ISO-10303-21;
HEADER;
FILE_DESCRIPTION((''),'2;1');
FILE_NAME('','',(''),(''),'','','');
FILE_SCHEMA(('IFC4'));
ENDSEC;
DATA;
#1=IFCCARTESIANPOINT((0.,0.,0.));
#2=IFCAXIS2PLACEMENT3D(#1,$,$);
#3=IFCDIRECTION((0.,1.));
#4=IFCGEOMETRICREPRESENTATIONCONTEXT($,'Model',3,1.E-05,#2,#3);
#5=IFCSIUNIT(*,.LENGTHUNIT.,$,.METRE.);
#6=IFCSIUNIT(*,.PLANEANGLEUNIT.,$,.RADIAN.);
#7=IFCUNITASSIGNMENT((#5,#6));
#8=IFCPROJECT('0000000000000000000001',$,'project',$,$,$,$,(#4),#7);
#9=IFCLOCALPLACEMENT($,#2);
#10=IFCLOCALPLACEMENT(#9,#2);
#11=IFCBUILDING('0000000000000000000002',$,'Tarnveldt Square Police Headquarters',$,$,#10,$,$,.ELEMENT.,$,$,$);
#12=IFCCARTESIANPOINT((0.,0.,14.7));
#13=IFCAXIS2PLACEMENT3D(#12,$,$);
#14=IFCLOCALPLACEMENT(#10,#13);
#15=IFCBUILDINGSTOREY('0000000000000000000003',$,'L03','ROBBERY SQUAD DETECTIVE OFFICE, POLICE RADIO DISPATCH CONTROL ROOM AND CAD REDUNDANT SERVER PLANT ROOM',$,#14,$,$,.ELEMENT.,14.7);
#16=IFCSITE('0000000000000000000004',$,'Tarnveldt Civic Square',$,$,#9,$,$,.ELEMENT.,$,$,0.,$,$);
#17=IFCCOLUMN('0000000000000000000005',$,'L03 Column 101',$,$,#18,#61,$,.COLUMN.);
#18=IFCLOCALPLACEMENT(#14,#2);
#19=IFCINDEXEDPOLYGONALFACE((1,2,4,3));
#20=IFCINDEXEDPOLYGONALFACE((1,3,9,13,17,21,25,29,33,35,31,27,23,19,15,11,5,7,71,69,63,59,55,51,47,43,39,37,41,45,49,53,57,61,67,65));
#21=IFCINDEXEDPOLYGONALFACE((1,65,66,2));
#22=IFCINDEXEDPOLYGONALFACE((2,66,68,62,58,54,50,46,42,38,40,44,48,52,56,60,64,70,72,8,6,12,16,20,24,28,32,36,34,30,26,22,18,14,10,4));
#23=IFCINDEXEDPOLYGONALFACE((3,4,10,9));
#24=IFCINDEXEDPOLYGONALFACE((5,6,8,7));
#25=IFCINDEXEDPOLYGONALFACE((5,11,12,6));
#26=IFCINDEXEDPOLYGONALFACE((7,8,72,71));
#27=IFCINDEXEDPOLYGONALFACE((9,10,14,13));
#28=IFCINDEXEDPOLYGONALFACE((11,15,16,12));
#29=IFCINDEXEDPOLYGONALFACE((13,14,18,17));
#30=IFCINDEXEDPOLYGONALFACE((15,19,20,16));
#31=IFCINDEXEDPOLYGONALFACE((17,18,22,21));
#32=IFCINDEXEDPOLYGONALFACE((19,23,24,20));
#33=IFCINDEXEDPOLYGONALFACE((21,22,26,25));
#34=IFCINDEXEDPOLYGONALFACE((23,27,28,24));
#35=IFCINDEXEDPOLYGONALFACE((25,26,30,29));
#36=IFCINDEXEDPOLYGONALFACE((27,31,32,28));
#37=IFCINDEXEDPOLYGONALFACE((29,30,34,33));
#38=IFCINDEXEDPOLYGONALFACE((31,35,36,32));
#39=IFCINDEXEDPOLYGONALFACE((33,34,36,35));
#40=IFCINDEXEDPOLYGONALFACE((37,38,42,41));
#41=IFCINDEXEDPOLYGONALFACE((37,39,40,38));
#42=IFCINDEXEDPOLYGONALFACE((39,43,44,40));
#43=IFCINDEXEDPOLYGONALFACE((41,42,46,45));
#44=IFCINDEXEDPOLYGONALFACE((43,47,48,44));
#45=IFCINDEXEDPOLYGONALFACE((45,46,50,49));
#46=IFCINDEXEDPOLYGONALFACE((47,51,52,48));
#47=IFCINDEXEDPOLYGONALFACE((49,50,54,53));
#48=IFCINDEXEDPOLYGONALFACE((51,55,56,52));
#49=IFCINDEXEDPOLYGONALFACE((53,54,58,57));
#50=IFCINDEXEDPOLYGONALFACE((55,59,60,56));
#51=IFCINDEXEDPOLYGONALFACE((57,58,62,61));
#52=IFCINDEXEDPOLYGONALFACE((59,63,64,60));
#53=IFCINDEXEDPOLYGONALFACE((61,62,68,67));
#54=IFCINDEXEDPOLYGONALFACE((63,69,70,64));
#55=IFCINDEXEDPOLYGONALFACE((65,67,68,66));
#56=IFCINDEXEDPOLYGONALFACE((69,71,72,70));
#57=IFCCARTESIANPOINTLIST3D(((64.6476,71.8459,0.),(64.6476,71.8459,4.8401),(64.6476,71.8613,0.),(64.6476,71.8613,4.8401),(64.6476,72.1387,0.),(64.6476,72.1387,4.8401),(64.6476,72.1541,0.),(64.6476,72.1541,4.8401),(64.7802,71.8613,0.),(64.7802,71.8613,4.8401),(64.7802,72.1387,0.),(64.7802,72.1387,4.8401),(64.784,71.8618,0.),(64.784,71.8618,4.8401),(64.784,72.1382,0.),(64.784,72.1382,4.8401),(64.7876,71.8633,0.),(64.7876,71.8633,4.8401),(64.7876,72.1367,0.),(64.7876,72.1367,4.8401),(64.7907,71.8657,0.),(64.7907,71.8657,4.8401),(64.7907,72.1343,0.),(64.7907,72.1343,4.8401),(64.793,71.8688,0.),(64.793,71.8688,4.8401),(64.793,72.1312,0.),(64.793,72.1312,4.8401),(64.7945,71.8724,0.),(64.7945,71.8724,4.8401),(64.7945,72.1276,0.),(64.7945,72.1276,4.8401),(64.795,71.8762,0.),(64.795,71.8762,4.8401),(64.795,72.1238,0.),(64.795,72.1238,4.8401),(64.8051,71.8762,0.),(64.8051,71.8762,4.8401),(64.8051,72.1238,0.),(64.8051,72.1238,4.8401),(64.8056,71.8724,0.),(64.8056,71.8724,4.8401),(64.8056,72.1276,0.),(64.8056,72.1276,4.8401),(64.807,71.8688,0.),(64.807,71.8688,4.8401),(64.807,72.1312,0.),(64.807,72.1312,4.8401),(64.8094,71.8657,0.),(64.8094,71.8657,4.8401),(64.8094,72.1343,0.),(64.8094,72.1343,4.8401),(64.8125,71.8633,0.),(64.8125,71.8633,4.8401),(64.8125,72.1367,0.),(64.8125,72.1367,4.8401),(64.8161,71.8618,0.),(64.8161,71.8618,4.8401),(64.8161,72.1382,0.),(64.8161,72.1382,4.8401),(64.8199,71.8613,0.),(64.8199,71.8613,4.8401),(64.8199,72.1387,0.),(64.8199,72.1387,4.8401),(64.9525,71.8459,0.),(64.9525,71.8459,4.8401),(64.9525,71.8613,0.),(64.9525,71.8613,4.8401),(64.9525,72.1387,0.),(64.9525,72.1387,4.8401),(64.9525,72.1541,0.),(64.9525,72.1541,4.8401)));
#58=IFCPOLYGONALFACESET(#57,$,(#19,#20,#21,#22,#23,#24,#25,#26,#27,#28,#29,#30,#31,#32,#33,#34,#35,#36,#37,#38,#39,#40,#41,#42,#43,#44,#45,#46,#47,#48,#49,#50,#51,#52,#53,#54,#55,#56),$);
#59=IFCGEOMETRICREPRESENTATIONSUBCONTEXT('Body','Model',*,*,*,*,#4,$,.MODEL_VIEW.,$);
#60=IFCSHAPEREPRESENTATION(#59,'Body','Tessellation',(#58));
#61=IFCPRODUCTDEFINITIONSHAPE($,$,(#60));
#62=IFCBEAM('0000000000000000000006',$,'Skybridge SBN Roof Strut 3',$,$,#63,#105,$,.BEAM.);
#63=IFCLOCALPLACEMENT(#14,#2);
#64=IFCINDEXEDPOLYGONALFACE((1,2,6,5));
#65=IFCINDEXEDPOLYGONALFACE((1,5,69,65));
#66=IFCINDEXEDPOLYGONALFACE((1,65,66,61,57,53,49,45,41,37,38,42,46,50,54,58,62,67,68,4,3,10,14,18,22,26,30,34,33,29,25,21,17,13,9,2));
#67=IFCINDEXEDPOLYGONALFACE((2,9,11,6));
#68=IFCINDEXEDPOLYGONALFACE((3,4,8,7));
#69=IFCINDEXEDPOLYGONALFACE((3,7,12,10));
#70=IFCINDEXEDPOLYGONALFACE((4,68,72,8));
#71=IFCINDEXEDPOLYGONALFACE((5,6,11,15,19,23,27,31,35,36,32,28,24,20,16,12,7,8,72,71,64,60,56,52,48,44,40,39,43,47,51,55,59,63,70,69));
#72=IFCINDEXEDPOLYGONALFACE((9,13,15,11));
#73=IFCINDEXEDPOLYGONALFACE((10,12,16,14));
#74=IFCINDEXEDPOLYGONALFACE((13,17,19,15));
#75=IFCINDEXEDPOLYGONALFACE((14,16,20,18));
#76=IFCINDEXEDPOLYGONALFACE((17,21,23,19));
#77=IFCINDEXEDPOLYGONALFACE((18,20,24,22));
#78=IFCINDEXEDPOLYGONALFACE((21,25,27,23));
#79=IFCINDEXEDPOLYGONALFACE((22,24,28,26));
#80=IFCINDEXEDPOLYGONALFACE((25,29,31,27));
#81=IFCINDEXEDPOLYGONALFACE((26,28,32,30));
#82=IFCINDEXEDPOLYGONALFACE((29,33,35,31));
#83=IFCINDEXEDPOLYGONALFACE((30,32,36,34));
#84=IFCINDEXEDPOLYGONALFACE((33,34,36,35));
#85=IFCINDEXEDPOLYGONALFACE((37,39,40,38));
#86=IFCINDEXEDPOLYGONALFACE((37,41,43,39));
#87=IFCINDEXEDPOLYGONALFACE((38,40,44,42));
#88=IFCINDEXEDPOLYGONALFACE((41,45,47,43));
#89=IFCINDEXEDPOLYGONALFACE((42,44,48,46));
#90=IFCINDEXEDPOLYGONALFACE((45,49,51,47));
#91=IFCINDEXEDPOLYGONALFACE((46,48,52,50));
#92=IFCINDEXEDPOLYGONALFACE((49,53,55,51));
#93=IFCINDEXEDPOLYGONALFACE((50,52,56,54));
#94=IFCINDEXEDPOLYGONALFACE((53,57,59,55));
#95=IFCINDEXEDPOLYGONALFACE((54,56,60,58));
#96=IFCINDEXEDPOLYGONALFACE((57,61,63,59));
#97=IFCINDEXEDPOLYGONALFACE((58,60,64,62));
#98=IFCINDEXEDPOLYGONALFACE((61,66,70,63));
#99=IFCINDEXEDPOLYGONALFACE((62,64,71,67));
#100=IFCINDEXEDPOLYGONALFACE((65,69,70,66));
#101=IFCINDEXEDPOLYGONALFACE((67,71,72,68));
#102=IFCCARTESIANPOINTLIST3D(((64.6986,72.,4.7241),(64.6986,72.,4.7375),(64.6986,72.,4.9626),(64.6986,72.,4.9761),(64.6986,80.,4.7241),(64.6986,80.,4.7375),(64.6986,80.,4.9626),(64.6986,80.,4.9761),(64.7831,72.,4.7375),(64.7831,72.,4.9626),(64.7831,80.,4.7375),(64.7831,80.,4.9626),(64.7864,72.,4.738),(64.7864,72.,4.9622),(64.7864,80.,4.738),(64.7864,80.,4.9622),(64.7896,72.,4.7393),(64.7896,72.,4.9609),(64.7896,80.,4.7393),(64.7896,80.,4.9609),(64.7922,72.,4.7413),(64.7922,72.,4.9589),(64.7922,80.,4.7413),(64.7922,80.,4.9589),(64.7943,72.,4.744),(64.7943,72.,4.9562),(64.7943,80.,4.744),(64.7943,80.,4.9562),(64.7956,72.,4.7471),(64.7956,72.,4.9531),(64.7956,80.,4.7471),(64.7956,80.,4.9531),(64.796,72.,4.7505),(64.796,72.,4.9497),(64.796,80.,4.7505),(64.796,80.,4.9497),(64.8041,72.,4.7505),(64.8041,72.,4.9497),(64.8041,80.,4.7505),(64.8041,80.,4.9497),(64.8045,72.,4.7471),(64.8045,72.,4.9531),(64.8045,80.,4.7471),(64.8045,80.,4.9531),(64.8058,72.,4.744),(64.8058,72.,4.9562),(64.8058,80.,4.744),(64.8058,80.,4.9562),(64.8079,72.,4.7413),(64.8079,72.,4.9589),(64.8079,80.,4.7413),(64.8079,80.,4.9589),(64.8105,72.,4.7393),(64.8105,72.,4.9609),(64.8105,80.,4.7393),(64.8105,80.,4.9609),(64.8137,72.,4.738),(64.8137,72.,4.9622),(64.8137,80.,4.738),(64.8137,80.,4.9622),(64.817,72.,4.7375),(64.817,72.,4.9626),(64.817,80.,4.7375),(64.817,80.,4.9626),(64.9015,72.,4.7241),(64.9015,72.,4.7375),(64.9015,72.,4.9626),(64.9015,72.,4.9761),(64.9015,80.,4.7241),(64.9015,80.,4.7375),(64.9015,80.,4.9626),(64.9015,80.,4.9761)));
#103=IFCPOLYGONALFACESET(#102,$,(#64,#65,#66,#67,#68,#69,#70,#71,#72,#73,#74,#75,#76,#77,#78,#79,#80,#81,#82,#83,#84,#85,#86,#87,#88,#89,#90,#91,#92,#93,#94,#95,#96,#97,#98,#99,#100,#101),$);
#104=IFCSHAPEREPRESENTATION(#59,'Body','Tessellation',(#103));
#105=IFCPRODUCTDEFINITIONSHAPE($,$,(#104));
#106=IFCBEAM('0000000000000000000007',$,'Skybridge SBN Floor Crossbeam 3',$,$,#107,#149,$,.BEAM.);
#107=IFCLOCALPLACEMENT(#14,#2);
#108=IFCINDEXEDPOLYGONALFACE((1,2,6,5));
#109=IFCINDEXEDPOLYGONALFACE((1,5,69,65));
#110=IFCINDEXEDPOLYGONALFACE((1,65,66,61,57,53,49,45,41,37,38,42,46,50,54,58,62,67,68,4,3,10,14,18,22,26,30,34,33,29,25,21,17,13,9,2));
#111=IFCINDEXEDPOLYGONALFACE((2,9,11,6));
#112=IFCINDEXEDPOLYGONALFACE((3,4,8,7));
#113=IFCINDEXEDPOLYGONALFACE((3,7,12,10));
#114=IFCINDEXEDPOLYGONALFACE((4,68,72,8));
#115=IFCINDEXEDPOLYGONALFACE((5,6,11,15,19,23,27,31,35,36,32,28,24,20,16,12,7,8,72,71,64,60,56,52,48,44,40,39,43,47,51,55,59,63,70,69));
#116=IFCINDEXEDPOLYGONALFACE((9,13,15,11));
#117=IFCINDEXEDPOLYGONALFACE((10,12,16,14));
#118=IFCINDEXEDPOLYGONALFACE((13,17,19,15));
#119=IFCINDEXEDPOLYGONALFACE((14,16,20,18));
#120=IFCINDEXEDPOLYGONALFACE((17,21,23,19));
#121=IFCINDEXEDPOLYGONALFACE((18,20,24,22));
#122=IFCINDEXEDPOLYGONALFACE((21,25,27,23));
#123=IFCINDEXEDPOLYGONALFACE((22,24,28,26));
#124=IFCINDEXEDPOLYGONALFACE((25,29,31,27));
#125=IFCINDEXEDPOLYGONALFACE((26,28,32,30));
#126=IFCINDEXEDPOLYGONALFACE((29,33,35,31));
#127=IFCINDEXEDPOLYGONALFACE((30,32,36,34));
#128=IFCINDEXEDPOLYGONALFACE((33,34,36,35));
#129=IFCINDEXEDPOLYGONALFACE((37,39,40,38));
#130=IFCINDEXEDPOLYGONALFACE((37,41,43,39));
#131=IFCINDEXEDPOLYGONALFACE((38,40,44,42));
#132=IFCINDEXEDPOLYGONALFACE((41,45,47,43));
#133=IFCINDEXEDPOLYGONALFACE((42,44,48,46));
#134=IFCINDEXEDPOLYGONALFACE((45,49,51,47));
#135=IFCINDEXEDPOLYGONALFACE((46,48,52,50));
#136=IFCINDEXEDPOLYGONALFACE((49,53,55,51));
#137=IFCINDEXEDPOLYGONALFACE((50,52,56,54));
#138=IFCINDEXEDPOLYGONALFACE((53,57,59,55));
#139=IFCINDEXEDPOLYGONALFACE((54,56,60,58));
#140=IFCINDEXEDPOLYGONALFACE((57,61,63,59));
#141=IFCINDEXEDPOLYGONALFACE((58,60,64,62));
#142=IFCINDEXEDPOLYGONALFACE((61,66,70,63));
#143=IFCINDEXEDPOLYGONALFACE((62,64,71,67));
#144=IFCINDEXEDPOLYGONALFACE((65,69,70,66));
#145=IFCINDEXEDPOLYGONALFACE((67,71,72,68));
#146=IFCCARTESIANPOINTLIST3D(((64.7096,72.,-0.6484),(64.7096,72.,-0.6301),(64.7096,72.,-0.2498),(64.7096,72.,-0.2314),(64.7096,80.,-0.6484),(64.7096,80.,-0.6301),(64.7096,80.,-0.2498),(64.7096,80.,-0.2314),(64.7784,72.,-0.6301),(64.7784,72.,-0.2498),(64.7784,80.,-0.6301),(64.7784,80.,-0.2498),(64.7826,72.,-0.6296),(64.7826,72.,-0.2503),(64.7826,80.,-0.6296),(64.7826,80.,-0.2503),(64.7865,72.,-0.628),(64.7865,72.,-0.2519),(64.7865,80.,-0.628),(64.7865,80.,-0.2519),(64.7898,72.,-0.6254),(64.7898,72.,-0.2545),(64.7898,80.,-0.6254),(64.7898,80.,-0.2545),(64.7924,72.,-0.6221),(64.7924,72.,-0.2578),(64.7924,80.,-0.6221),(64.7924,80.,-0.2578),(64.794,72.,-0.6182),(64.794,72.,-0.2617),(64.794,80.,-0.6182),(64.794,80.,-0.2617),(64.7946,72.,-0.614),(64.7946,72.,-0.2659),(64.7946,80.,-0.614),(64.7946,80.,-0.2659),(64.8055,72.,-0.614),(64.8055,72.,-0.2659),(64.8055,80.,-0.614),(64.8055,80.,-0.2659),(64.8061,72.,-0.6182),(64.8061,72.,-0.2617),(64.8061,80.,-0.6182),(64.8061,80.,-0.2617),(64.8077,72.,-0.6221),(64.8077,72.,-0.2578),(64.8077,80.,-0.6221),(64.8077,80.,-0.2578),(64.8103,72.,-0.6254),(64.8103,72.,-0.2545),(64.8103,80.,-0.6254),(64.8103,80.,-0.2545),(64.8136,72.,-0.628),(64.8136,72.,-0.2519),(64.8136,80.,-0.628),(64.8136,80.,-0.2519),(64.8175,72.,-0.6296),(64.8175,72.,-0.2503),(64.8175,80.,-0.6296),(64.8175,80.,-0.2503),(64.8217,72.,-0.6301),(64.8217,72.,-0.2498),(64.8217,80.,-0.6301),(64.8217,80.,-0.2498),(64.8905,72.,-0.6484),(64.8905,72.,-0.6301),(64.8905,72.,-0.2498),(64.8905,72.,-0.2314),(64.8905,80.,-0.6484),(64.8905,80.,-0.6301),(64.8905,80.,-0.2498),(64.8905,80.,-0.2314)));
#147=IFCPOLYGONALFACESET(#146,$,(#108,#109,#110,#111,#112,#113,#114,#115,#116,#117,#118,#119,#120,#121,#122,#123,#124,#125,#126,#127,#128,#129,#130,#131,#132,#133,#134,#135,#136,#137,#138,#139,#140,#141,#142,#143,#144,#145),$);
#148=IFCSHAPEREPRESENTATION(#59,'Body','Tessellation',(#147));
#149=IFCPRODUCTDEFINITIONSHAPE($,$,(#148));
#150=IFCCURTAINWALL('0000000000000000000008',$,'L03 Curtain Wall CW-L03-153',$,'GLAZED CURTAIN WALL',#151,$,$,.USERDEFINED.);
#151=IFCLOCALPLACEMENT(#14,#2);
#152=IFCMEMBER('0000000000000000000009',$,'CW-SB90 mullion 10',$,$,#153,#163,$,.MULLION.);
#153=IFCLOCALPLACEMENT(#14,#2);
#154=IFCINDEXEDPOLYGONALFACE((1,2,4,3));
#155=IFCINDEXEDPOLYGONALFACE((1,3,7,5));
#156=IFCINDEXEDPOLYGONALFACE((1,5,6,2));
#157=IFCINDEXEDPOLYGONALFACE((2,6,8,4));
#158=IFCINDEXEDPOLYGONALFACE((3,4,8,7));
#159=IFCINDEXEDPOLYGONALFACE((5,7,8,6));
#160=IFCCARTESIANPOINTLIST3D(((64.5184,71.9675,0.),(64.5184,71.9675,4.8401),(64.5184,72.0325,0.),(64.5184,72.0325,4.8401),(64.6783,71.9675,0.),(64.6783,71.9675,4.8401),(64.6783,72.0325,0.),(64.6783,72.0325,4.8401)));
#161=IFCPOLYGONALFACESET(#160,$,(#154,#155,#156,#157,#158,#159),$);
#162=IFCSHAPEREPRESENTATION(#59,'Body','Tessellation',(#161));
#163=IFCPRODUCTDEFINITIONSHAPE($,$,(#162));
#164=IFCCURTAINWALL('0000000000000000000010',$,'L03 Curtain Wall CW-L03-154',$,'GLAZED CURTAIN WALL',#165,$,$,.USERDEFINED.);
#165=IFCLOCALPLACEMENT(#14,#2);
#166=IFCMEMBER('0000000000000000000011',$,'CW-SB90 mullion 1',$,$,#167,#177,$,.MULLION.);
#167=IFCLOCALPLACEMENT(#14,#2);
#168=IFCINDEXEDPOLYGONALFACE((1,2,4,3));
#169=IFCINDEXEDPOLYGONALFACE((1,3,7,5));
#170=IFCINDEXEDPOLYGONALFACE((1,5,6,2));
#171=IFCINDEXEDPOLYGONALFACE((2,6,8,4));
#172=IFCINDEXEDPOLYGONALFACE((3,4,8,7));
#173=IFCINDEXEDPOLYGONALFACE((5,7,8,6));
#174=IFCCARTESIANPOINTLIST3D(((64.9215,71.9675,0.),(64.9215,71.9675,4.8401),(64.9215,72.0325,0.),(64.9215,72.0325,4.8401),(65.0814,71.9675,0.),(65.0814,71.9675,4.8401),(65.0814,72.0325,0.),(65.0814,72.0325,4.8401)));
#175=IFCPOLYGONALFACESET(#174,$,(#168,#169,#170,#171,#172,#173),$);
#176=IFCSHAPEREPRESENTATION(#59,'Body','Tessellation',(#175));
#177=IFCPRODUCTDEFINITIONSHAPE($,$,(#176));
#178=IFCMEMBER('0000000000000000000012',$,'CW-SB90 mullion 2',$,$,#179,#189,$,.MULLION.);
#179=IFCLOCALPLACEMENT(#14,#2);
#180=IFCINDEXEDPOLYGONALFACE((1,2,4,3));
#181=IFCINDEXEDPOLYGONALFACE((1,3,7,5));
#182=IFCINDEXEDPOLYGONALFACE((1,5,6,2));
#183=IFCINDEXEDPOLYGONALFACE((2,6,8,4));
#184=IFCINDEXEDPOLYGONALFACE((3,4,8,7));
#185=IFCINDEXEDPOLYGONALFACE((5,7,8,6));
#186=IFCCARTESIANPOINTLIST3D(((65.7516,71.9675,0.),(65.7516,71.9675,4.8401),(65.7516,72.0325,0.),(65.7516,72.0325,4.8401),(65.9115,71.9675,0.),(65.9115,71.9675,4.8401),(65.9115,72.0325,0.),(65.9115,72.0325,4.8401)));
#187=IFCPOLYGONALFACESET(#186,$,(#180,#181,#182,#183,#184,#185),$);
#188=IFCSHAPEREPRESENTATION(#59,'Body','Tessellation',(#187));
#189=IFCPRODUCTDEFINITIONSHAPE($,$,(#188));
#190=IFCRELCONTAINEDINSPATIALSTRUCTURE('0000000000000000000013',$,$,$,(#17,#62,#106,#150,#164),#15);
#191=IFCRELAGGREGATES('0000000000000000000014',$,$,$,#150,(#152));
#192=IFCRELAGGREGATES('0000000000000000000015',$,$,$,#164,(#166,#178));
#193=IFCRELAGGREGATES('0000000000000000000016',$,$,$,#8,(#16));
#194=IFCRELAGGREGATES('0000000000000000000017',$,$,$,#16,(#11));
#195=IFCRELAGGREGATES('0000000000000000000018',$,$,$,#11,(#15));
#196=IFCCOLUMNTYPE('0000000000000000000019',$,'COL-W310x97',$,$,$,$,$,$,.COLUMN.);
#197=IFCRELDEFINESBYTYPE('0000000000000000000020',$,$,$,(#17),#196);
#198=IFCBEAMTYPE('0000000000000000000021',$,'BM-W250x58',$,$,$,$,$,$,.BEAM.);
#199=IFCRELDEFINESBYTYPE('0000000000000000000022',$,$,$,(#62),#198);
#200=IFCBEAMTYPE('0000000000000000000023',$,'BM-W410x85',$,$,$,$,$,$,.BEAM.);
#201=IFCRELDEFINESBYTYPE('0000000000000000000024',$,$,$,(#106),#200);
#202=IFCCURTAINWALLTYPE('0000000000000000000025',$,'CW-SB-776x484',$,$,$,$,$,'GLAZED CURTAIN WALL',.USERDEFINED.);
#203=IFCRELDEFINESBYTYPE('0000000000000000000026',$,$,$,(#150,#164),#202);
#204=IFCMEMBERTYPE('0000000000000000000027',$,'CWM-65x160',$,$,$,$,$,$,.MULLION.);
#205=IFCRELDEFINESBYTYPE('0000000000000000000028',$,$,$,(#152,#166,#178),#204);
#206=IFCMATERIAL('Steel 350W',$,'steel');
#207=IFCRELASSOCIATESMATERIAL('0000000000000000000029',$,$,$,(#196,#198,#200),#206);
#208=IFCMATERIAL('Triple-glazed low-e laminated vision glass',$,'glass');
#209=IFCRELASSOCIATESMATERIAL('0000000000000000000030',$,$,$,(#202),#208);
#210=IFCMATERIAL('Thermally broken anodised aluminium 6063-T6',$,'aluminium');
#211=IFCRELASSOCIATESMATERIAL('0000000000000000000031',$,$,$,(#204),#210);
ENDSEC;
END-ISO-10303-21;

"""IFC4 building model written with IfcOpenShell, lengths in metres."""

from ifc_helpers import new_model, si_unit, direction, frame, origin, origin_2d, place, context, subcontext, project, spatial, rectangle, i_section, extrude, material, material_profile, profile_set, type_object, element, aggregate, save


model = new_model("IFC4")

# Units and contexts
model_context = context("Model", 3, precision=1e-05, world=origin(), true_north=direction((0.0, 1.0)))
body_context = subcontext(model_context, "Body", "Model", "MODEL_VIEW")
ifc_project = project(units=[si_unit("LENGTHUNIT", "METRE"), si_unit("PLANEANGLEUNIT", "RADIAN")], contexts=[model_context])

# Site, building, storey
site_placement = place(None, origin())
site = spatial("IfcSite", under=ifc_project, at=site_placement, Name="Tarnveldt Civic Square", CompositionType="ELEMENT", RefElevation=0.0)
building_placement = place(site_placement, origin())
building = spatial("IfcBuilding", under=site, at=building_placement, Name="Tarnveldt Square Police Headquarters", CompositionType="ELEMENT")
storey_placement = place(building_placement, frame((0.0, 0.0, 14.7)))
storey = spatial("IfcBuildingStorey", under=building, at=storey_placement, Name="L03", Description="ROBBERY SQUAD DETECTIVE OFFICE, POLICE RADIO DISPATCH CONTROL ROOM AND CAD REDUNDANT SERVER PLANT ROOM", CompositionType="ELEMENT", Elevation=14.7)

# Column
ifc_material_1 = material(Name="Steel 350W", Category="steel")
ifc_material_profile_1 = material_profile(ifc_material_1, i_section(OverallWidth=0.3049, OverallDepth=0.3081, WebThickness=0.01, FlangeThickness=0.0154, FilletRadius=0.0149, at=origin_2d()), Name="W310x97")
ifc_profile_set_1 = profile_set([ifc_material_profile_1], Name="Steel 350W")
column_type = type_object("IfcColumnType", Name="COL-W310x97", PredefinedType="COLUMN", material=ifc_profile_set_1)
column_placement = place(storey_placement, frame((64.8, 72.0, 0.0), z_axis=(0.0, 0.0, 1.0), x_axis=(1.0, 0.0, 0.0)))
element("IfcColumn", 1, at=column_placement, inside=storey, type_object=column_type, Name="L03 Column 101", PredefinedType="COLUMN", context=body_context, shape_type="SweptSolid", body=[
    extrude(i_section(OverallWidth=0.3049, OverallDepth=0.3081, WebThickness=0.01, FlangeThickness=0.0154, FilletRadius=0.0149, at=origin_2d()), origin(), (0.0, 0.0, 1.0), 4.8401),
])

# Beams
ifc_material_profile_2 = material_profile(ifc_material_1, i_section(OverallWidth=0.2029, OverallDepth=0.252, WebThickness=0.0081, FlangeThickness=0.0134, FilletRadius=0.0129, at=origin_2d()), Name="W250x58")
ifc_profile_set_2 = profile_set([ifc_material_profile_2], Name="Steel 350W")
beam_type_1 = type_object("IfcBeamType", Name="BM-W250x58", PredefinedType="BEAM", material=ifc_profile_set_2)
beam_1_placement = place(storey_placement, frame((64.8, 72.0, 4.8501), z_axis=(0.0, 1.0, 0.0), x_axis=(-1.0, 0.0, 0.0)))
element("IfcBeam", 2, at=beam_1_placement, inside=storey, type_object=beam_type_1, Name="Skybridge SBN Roof Strut 3", PredefinedType="BEAM", context=body_context, shape_type="SweptSolid", body=[
    extrude(i_section(OverallWidth=0.2029, OverallDepth=0.252, WebThickness=0.0081, FlangeThickness=0.0134, FilletRadius=0.0129, at=origin_2d()), origin(), (0.0, 0.0, 1.0), 8.0),
])
ifc_material_profile_3 = material_profile(ifc_material_1, i_section(OverallWidth=0.1809, OverallDepth=0.417, WebThickness=0.011, FlangeThickness=0.0183, FilletRadius=0.0161, at=origin_2d()), Name="W410x85")
ifc_profile_set_3 = profile_set([ifc_material_profile_3], Name="Steel 350W")
beam_type_2 = type_object("IfcBeamType", Name="BM-W410x85", PredefinedType="BEAM", material=ifc_profile_set_3)
beam_2_placement = place(storey_placement, frame((64.8, 72.0, -0.4399), z_axis=(0.0, 1.0, 0.0), x_axis=(-1.0, 0.0, 0.0)))
element("IfcBeam", 3, at=beam_2_placement, inside=storey, type_object=beam_type_2, Name="Skybridge SBN Floor Crossbeam 3", PredefinedType="BEAM", context=body_context, shape_type="SweptSolid", body=[
    extrude(i_section(OverallWidth=0.1809, OverallDepth=0.417, WebThickness=0.011, FlangeThickness=0.0183, FilletRadius=0.0161, at=origin_2d()), origin(), (0.0, 0.0, 1.0), 8.0),
])

# Curtain wall, member
ifc_material_2 = material(Name="Triple-glazed low-e laminated vision glass", Category="glass")
curtain_wall_type = type_object("IfcCurtainWallType", Name="CW-SB-776x484", ElementType="GLAZED CURTAIN WALL", PredefinedType="USERDEFINED", material=ifc_material_2)
curtain_wall_1_placement = place(storey_placement, origin())
curtain_wall_1 = element("IfcCurtainWall", 4, at=curtain_wall_1_placement, inside=storey, type_object=curtain_wall_type, Name="L03 Curtain Wall CW-L03-153", ObjectType="GLAZED CURTAIN WALL", PredefinedType="USERDEFINED")
ifc_material_3 = material(Name="Thermally broken anodised aluminium 6063-T6", Category="aluminium")
ifc_material_profile_4 = material_profile(ifc_material_3, rectangle(XDim=0.0649, YDim=0.1599, at=origin_2d()), Name="CW-M65x160")
ifc_profile_set_4 = profile_set([ifc_material_profile_4], Name="Thermally broken anodised aluminium 6063-T6")
member_type_1 = type_object("IfcMemberType", Name="CWM-65x160", PredefinedType="MULLION", material=ifc_profile_set_4)
member_1_placement = place(storey_placement, frame((64.5984, 72.0, 0.0), z_axis=(0.0, 0.0, 1.0), x_axis=(0.0, 1.0, 0.0)))
member_1 = element("IfcMember", 5, at=member_1_placement, type_object=member_type_1, Name="CW-SB90 mullion 10", PredefinedType="MULLION", context=body_context, shape_type="SweptSolid", body=[
    extrude(rectangle(XDim=0.0649, YDim=0.1599, at=origin_2d()), origin(), (0.0, 0.0, 1.0), 4.8401),
])
aggregate(curtain_wall_1, [member_1])

# Curtain wall, members
curtain_wall_2_placement = place(storey_placement, origin())
curtain_wall_2 = element("IfcCurtainWall", 6, at=curtain_wall_2_placement, inside=storey, type_object=curtain_wall_type, Name="L03 Curtain Wall CW-L03-154", ObjectType="GLAZED CURTAIN WALL", PredefinedType="USERDEFINED")
member_2_placement = place(storey_placement, frame((65.0015, 72.0, 0.0), z_axis=(0.0, 0.0, 1.0), x_axis=(0.0, 1.0, 0.0)))
member_2 = element("IfcMember", 7, at=member_2_placement, type_object=member_type_1, Name="CW-SB90 mullion 1", PredefinedType="MULLION", context=body_context, shape_type="SweptSolid", body=[
    extrude(rectangle(XDim=0.0649, YDim=0.1599, at=origin_2d()), origin(), (0.0, 0.0, 1.0), 4.8401),
])
member_3_placement = place(storey_placement, frame((65.8315, 72.0, 0.0), z_axis=(0.0, 0.0, 1.0), x_axis=(0.0, 1.0, 0.0)))
member_3 = element("IfcMember", 8, at=member_3_placement, type_object=member_type_1, Name="CW-SB90 mullion 2", PredefinedType="MULLION", context=body_context, shape_type="SweptSolid", body=[
    extrude(rectangle(XDim=0.0649, YDim=0.1599, at=origin_2d()), origin(), (0.0, 0.0, 1.0), 4.8401),
])

aggregate(curtain_wall_2, [member_2, member_3])

save(model, "model.ifc")
